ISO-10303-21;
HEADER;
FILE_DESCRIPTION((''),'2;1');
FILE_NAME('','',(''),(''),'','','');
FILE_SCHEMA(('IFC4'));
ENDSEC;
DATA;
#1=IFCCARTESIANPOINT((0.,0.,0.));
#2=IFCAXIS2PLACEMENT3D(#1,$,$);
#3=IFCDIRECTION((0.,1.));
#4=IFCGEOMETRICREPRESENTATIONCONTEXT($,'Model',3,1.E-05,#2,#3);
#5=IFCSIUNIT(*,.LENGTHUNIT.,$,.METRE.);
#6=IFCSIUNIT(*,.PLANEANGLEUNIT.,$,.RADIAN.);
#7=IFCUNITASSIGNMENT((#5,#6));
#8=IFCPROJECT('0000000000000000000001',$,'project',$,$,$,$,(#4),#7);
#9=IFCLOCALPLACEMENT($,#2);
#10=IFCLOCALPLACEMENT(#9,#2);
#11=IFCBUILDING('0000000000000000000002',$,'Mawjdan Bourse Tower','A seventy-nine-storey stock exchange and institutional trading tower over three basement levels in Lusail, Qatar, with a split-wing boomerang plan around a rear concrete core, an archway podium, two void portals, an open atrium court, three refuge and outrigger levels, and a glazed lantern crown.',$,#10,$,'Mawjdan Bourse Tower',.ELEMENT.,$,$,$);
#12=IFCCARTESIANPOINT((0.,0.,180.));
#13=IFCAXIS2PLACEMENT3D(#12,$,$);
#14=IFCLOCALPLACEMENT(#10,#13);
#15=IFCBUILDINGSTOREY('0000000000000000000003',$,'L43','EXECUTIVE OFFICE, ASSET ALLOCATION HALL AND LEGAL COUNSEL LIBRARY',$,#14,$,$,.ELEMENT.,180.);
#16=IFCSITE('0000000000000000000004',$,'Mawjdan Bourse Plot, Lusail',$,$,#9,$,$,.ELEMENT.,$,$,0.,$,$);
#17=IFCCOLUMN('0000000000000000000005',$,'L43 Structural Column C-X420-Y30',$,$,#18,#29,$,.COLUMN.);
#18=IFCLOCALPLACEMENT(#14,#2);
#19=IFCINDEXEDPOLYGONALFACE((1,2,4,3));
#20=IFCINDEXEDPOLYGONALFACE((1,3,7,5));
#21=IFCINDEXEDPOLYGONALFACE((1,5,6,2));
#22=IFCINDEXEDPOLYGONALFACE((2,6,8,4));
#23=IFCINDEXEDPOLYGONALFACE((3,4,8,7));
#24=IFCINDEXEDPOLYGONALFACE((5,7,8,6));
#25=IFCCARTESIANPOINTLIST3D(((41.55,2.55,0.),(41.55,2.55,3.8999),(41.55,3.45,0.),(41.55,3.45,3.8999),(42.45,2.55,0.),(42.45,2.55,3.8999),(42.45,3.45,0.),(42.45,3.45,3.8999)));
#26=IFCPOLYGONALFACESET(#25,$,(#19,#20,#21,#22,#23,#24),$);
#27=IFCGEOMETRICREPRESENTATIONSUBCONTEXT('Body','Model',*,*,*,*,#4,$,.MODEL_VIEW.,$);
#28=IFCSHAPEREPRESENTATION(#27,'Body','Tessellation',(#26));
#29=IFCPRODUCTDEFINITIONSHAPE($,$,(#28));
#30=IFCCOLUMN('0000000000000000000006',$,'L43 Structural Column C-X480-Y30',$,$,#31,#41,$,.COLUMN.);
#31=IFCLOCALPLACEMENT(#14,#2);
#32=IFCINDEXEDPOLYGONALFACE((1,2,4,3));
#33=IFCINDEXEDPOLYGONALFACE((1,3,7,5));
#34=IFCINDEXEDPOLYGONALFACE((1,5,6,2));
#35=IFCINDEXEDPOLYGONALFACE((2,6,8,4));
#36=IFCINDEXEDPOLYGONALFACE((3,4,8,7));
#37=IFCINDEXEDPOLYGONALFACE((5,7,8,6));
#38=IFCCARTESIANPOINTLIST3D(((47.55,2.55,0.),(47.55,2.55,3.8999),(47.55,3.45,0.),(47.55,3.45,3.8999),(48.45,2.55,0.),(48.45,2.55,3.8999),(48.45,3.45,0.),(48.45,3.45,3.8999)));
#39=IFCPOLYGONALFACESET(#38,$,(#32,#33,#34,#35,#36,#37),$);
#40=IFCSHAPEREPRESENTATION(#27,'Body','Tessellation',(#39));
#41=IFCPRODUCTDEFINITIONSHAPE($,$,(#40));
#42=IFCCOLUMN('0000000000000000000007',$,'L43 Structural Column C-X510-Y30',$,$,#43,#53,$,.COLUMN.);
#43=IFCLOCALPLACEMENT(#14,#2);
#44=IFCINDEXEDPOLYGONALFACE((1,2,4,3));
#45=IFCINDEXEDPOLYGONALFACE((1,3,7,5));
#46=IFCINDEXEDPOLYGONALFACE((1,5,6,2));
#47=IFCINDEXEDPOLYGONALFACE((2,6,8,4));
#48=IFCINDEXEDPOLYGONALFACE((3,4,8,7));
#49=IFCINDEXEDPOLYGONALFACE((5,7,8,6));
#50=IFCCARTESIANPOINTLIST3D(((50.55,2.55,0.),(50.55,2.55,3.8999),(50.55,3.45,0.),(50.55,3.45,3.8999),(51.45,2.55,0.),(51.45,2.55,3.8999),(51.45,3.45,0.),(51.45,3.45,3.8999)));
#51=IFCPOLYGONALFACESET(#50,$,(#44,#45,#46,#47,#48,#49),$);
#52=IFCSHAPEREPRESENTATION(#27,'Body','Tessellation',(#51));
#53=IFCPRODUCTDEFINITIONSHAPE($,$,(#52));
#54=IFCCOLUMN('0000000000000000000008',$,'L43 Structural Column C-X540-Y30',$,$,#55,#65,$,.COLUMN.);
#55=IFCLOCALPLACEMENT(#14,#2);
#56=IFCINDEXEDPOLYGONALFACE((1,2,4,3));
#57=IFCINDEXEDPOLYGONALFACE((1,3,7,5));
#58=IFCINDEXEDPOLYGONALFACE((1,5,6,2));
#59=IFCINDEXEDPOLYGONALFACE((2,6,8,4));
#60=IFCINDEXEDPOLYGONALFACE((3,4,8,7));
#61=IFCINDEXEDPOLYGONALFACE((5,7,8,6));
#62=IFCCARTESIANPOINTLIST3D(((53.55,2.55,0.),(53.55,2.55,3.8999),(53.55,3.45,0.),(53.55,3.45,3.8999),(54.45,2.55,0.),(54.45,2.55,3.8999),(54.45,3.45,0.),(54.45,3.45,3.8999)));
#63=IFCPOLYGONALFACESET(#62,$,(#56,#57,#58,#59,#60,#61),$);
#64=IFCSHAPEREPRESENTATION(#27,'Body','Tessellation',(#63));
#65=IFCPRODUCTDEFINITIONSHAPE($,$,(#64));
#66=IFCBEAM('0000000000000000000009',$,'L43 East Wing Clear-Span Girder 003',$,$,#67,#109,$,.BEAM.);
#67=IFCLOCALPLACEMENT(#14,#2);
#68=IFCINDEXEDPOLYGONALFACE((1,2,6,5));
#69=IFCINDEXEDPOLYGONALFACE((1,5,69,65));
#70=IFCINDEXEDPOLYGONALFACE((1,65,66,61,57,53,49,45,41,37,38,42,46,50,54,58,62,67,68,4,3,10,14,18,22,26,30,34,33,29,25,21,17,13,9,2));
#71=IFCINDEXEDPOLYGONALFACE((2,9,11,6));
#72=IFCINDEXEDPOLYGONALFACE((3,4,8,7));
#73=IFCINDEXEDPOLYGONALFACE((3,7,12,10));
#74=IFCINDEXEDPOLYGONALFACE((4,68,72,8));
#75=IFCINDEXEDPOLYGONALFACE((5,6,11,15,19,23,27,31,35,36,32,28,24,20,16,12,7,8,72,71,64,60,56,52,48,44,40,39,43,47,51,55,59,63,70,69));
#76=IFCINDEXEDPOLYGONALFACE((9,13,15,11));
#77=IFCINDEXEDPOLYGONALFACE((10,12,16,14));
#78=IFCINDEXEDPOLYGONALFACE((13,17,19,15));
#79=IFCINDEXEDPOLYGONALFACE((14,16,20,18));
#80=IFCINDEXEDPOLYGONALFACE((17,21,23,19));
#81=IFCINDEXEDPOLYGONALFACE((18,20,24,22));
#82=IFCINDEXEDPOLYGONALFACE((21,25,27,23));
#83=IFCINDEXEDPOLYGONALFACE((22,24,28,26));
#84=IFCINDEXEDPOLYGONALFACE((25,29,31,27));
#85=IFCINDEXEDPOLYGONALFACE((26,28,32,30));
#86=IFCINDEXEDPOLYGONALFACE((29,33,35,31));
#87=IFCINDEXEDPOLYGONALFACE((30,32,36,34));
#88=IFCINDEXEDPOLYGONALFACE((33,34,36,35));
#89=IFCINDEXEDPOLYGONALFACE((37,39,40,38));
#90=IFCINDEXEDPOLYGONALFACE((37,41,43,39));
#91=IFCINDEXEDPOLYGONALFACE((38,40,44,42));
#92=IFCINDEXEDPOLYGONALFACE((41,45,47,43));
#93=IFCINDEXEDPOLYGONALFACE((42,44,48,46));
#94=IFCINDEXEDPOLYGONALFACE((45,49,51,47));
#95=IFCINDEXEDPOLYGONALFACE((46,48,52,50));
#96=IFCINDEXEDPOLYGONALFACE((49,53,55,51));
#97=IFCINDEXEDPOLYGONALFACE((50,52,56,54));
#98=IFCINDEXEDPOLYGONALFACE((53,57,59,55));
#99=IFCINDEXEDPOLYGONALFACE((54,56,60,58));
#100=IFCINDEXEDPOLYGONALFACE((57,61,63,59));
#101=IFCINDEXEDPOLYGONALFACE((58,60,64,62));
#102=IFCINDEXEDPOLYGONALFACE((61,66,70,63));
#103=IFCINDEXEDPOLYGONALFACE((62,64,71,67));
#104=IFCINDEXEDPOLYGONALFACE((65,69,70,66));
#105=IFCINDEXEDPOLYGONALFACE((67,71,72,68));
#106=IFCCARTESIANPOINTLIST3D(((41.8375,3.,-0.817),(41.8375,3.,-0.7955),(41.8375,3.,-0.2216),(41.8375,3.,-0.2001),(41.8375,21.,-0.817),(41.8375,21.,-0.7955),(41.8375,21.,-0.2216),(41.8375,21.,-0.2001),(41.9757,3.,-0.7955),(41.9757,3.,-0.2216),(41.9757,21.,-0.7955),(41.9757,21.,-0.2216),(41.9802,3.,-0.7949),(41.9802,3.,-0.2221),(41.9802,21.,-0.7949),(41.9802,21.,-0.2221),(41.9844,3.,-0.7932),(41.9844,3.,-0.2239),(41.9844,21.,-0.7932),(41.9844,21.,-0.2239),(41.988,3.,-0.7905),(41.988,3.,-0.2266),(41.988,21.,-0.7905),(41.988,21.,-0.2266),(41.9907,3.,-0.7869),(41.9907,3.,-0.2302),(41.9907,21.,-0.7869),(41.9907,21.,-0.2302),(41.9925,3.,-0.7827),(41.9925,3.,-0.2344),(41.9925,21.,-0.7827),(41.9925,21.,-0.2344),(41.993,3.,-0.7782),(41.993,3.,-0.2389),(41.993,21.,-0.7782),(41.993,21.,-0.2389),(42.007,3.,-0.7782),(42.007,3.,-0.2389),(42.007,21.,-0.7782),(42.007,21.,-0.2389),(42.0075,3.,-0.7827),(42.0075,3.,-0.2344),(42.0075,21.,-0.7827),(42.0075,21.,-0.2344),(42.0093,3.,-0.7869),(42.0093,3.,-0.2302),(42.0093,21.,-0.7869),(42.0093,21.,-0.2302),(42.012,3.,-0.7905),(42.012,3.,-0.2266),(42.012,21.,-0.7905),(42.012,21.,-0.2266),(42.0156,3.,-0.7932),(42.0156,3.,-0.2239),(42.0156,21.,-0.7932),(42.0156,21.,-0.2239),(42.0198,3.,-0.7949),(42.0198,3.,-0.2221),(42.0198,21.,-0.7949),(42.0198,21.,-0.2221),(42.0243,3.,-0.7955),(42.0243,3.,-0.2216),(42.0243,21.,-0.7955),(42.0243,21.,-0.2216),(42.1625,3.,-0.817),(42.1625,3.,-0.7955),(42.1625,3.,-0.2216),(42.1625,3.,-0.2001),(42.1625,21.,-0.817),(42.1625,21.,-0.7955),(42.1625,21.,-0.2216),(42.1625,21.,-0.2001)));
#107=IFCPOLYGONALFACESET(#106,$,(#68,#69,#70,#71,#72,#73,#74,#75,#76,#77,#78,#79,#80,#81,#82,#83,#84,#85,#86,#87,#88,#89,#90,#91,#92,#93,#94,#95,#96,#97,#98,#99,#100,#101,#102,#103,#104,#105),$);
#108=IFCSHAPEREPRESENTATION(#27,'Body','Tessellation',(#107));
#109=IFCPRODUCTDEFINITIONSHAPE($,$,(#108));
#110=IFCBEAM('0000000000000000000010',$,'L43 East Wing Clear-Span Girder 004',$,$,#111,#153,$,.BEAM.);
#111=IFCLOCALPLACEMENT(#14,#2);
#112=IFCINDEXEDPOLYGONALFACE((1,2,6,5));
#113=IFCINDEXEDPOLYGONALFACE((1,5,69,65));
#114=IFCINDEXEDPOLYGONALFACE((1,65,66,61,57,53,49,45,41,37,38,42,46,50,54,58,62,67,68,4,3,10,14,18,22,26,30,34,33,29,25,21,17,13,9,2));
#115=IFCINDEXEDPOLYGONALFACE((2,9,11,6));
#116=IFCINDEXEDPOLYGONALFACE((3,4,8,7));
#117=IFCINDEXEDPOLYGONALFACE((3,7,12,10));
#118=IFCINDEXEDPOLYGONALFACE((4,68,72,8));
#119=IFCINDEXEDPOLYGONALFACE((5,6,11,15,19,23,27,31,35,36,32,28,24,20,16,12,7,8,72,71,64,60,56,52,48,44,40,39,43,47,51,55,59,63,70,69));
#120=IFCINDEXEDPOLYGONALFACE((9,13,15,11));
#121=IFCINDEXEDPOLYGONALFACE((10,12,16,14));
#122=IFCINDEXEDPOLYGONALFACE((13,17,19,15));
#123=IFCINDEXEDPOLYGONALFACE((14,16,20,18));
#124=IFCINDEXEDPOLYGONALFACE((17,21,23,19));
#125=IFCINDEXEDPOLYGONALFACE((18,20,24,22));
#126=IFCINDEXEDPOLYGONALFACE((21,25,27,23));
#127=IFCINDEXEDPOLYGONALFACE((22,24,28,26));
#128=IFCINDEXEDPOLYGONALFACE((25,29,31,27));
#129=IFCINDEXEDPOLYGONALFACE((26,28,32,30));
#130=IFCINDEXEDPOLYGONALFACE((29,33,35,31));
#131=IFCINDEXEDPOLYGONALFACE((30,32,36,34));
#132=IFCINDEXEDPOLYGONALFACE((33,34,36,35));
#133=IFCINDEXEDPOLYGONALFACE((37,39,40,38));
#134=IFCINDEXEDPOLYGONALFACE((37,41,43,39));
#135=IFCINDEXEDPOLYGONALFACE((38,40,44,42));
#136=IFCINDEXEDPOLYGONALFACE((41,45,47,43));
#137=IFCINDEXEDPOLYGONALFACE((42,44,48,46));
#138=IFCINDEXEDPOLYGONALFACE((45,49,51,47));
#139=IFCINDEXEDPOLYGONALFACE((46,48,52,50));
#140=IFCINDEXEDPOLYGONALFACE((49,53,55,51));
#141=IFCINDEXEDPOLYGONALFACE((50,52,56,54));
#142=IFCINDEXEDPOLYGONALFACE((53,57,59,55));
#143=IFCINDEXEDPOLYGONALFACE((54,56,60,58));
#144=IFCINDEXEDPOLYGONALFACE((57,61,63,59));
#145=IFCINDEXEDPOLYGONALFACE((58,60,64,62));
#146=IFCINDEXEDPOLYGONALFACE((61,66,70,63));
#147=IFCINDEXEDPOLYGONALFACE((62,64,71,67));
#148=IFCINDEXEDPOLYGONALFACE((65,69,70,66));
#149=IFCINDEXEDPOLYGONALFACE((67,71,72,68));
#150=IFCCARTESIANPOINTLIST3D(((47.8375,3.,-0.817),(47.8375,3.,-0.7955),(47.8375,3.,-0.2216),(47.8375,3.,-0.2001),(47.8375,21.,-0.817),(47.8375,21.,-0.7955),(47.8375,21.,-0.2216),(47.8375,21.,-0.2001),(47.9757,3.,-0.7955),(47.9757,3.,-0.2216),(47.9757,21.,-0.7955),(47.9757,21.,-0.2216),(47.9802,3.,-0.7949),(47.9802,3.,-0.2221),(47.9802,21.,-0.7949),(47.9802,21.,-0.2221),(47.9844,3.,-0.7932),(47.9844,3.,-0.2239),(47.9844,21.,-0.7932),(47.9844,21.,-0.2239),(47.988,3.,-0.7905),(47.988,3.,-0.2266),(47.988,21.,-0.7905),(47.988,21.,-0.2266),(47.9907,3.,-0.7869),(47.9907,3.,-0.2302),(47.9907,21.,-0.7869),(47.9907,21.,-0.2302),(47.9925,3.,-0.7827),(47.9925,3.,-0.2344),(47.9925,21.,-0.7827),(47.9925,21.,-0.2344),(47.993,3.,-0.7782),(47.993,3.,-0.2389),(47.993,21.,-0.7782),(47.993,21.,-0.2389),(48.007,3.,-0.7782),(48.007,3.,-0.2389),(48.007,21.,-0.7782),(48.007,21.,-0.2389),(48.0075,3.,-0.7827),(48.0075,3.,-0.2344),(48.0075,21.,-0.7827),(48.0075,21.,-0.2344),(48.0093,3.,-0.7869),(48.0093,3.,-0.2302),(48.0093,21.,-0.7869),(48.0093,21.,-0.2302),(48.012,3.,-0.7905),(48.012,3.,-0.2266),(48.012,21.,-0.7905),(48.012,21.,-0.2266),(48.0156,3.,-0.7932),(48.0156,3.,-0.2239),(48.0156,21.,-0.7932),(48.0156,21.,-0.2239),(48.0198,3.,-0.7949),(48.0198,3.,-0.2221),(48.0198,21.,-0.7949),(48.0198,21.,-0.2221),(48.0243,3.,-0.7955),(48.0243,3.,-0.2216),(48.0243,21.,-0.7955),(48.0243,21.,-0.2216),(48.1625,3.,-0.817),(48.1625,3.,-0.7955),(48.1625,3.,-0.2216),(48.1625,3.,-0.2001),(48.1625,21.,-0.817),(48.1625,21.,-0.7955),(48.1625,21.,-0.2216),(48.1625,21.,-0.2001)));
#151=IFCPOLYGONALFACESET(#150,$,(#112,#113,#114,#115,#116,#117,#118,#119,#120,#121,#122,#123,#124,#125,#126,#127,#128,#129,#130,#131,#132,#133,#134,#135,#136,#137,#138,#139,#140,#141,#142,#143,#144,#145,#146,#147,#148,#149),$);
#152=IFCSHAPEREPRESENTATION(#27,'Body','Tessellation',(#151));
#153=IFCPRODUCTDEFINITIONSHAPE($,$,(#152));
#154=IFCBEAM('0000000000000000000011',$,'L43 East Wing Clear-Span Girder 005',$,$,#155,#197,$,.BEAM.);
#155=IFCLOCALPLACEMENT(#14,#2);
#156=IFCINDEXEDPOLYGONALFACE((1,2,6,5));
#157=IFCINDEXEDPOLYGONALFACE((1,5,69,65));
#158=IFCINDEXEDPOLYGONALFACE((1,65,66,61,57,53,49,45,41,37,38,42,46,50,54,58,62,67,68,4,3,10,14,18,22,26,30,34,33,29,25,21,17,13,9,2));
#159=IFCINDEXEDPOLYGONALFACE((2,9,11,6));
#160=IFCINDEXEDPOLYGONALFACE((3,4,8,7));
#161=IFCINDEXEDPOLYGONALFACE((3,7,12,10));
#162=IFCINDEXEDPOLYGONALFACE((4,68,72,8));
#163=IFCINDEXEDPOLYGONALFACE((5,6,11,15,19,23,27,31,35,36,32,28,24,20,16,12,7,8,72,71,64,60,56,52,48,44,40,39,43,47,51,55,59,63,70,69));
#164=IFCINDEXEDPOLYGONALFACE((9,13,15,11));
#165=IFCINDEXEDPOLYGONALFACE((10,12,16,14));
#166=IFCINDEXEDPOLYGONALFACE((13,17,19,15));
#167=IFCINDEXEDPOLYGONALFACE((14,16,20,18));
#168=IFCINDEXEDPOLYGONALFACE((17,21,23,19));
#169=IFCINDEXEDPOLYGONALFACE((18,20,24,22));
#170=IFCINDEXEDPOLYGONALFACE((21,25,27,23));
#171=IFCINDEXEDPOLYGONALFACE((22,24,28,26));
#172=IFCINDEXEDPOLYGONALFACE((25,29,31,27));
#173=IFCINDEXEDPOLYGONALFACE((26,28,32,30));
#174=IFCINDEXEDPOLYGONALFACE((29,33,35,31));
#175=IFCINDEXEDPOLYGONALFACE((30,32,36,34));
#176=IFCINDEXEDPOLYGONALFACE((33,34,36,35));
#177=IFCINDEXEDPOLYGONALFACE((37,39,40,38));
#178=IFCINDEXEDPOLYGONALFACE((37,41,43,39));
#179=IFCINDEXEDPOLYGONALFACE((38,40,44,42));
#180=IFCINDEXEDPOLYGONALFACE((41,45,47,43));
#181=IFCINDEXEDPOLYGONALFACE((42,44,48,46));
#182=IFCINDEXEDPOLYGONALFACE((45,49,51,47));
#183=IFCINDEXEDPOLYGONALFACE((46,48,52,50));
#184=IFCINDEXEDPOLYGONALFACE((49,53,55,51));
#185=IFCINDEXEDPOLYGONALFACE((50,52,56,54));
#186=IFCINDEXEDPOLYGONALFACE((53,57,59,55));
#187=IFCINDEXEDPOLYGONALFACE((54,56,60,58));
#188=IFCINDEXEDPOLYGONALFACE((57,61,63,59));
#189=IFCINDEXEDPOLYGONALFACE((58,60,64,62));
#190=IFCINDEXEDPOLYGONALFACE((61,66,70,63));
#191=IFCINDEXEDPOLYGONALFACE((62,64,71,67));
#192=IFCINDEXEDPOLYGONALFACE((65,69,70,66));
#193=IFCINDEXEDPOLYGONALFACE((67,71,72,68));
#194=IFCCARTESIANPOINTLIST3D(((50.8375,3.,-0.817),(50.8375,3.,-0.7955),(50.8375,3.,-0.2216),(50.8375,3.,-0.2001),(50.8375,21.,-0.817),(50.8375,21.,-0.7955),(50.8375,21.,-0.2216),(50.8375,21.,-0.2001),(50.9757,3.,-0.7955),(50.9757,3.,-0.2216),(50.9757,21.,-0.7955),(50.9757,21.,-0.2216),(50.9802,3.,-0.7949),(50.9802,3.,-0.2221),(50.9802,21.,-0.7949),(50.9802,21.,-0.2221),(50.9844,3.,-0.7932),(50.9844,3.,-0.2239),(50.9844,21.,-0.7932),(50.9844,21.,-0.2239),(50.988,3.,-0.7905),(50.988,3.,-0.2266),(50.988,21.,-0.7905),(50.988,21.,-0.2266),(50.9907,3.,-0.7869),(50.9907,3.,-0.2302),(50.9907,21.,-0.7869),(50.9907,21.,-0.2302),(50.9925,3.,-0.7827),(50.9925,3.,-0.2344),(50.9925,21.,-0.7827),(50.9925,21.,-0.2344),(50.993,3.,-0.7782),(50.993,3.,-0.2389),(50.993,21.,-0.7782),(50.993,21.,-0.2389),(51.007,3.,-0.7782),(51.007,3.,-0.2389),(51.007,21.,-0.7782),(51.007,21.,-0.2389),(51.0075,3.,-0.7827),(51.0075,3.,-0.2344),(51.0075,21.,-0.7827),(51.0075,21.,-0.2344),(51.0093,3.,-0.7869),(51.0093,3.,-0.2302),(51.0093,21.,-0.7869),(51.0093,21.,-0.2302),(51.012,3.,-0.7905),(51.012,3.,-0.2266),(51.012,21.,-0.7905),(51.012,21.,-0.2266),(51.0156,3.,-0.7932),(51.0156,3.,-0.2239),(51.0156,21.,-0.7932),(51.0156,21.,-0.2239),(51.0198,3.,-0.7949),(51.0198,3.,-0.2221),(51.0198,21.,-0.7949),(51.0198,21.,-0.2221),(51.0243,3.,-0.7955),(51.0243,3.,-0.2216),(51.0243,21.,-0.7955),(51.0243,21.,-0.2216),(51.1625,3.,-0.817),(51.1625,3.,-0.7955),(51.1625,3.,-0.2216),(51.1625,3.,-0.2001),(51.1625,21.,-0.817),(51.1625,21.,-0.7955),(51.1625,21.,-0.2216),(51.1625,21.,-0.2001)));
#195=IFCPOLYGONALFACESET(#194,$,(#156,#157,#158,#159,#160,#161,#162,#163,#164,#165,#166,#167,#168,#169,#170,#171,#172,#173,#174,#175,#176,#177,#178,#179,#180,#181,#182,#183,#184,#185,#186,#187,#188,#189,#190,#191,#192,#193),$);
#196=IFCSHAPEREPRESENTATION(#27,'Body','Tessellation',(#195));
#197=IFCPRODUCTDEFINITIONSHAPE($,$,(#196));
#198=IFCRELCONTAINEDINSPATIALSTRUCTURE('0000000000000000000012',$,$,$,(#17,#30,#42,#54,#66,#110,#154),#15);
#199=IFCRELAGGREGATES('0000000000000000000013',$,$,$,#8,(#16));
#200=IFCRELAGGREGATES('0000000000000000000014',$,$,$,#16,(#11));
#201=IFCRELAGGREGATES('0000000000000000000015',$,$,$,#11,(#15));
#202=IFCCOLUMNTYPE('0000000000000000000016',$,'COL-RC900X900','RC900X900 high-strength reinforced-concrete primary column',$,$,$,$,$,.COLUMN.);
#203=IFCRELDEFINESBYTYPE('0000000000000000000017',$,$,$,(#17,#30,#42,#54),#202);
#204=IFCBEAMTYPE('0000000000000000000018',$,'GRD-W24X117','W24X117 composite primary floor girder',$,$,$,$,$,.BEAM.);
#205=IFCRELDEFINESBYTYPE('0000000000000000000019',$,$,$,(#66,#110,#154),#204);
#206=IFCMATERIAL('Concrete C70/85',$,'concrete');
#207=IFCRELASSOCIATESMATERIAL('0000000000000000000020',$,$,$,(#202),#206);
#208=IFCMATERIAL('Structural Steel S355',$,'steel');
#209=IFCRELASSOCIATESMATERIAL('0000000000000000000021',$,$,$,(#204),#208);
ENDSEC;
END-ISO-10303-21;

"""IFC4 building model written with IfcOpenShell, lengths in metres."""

from ifc_helpers import new_model, si_unit, direction, frame, origin, origin_2d, place, context, subcontext, project, spatial, rectangle, i_section, extrude, material, material_profile, profile_set, type_object, element, save


model = new_model("IFC4")

# Units and contexts
model_context = context("Model", 3, precision=1e-05, world=origin(), true_north=direction((0.0, 1.0)))
body_context = subcontext(model_context, "Body", "Model", "MODEL_VIEW")
ifc_project = project(units=[si_unit("LENGTHUNIT", "METRE"), si_unit("PLANEANGLEUNIT", "RADIAN")], contexts=[model_context])

# Site, building, storey
site_placement = place(None, origin())
site = spatial("IfcSite", under=ifc_project, at=site_placement, Name="Mawjdan Bourse Plot, Lusail", CompositionType="ELEMENT", RefElevation=0.0)
building_placement = place(site_placement, origin())
building = spatial("IfcBuilding", under=site, at=building_placement, Name="Mawjdan Bourse Tower", Description="A seventy-nine-storey stock exchange and institutional trading tower over three basement levels in Lusail, Qatar, with a split-wing boomerang plan around a rear concrete core, an archway podium, two void portals, an open atrium court, three refuge and outrigger levels, and a glazed lantern crown.", LongName="Mawjdan Bourse Tower", CompositionType="ELEMENT")
storey_placement = place(building_placement, frame((0.0, 0.0, 180.0)))
storey = spatial("IfcBuildingStorey", under=building, at=storey_placement, Name="L43", Description="EXECUTIVE OFFICE, ASSET ALLOCATION HALL AND LEGAL COUNSEL LIBRARY", CompositionType="ELEMENT", Elevation=180.0)

# Columns
ifc_material_1 = material(Name="Concrete C70/85", Category="concrete")
ifc_material_profile_1 = material_profile(ifc_material_1, rectangle(XDim=0.8999, YDim=0.8999, at=origin_2d()), Name="RC900X900")
ifc_profile_set_1 = profile_set([ifc_material_profile_1], Name="Concrete C70/85")
column_type = type_object("IfcColumnType", Name="COL-RC900X900", Description="RC900X900 high-strength reinforced-concrete primary column", PredefinedType="COLUMN", material=ifc_profile_set_1)
for number, where, z_axis, x_axis, name in (
    (1, (42.0, 3.0, 0.0), (0.0, 0.0, 1.0), (1.0, 0.0, 0.0), "L43 Structural Column C-X420-Y30"),
    (2, (48.0, 3.0, 0.0), (0.0, 0.0, 1.0), (1.0, 0.0, 0.0), "L43 Structural Column C-X480-Y30"),
    (3, (51.0, 3.0, 0.0), (0.0, 0.0, 1.0), (1.0, 0.0, 0.0), "L43 Structural Column C-X510-Y30"),
    (4, (54.0, 3.0, 0.0), (0.0, 0.0, 1.0), (1.0, 0.0, 0.0), "L43 Structural Column C-X540-Y30"),
):
    element("IfcColumn", number, at=place(storey_placement, frame(where, z_axis=z_axis, x_axis=x_axis)), inside=storey, type_object=column_type, Name=name, PredefinedType="COLUMN", context=body_context, shape_type="SweptSolid", body=[
        extrude(rectangle(XDim=0.8999, YDim=0.8999, at=origin_2d()), origin(), (0.0, 0.0, 1.0), 3.8999),
    ])

# Beams
ifc_material_2 = material(Name="Structural Steel S355", Category="steel")
ifc_material_profile_2 = material_profile(ifc_material_2, i_section(OverallWidth=0.325, OverallDepth=0.6169, WebThickness=0.0139, FlangeThickness=0.0215, FilletRadius=0.0173, at=origin_2d()), Name="W24X117")
ifc_profile_set_2 = profile_set([ifc_material_profile_2], Name="Structural Steel S355")
beam_type_1 = type_object("IfcBeamType", Name="GRD-W24X117", Description="W24X117 composite primary floor girder", PredefinedType="BEAM", material=ifc_profile_set_2)
for number, where, z_axis, x_axis, name in (
    (5, (42.0, 3.0, -0.5085), (0.0, 1.0, 0.0), (-1.0, 0.0, 0.0), "L43 East Wing Clear-Span Girder 003"),
    (6, (48.0, 3.0, -0.5085), (0.0, 1.0, 0.0), (-1.0, 0.0, 0.0), "L43 East Wing Clear-Span Girder 004"),
    (7, (51.0, 3.0, -0.5085), (0.0, 1.0, 0.0), (-1.0, 0.0, 0.0), "L43 East Wing Clear-Span Girder 005"),
):
    element("IfcBeam", number, at=place(storey_placement, frame(where, z_axis=z_axis, x_axis=x_axis)), inside=storey, type_object=beam_type_1, Name=name, PredefinedType="BEAM", context=body_context, shape_type="SweptSolid", body=[
        extrude(i_section(OverallWidth=0.325, OverallDepth=0.6169, WebThickness=0.0139, FlangeThickness=0.0215, FilletRadius=0.0173, at=origin_2d()), origin(), (0.0, 0.0, 1.0), 18.0),
    ])

save(model, "model.ifc")
